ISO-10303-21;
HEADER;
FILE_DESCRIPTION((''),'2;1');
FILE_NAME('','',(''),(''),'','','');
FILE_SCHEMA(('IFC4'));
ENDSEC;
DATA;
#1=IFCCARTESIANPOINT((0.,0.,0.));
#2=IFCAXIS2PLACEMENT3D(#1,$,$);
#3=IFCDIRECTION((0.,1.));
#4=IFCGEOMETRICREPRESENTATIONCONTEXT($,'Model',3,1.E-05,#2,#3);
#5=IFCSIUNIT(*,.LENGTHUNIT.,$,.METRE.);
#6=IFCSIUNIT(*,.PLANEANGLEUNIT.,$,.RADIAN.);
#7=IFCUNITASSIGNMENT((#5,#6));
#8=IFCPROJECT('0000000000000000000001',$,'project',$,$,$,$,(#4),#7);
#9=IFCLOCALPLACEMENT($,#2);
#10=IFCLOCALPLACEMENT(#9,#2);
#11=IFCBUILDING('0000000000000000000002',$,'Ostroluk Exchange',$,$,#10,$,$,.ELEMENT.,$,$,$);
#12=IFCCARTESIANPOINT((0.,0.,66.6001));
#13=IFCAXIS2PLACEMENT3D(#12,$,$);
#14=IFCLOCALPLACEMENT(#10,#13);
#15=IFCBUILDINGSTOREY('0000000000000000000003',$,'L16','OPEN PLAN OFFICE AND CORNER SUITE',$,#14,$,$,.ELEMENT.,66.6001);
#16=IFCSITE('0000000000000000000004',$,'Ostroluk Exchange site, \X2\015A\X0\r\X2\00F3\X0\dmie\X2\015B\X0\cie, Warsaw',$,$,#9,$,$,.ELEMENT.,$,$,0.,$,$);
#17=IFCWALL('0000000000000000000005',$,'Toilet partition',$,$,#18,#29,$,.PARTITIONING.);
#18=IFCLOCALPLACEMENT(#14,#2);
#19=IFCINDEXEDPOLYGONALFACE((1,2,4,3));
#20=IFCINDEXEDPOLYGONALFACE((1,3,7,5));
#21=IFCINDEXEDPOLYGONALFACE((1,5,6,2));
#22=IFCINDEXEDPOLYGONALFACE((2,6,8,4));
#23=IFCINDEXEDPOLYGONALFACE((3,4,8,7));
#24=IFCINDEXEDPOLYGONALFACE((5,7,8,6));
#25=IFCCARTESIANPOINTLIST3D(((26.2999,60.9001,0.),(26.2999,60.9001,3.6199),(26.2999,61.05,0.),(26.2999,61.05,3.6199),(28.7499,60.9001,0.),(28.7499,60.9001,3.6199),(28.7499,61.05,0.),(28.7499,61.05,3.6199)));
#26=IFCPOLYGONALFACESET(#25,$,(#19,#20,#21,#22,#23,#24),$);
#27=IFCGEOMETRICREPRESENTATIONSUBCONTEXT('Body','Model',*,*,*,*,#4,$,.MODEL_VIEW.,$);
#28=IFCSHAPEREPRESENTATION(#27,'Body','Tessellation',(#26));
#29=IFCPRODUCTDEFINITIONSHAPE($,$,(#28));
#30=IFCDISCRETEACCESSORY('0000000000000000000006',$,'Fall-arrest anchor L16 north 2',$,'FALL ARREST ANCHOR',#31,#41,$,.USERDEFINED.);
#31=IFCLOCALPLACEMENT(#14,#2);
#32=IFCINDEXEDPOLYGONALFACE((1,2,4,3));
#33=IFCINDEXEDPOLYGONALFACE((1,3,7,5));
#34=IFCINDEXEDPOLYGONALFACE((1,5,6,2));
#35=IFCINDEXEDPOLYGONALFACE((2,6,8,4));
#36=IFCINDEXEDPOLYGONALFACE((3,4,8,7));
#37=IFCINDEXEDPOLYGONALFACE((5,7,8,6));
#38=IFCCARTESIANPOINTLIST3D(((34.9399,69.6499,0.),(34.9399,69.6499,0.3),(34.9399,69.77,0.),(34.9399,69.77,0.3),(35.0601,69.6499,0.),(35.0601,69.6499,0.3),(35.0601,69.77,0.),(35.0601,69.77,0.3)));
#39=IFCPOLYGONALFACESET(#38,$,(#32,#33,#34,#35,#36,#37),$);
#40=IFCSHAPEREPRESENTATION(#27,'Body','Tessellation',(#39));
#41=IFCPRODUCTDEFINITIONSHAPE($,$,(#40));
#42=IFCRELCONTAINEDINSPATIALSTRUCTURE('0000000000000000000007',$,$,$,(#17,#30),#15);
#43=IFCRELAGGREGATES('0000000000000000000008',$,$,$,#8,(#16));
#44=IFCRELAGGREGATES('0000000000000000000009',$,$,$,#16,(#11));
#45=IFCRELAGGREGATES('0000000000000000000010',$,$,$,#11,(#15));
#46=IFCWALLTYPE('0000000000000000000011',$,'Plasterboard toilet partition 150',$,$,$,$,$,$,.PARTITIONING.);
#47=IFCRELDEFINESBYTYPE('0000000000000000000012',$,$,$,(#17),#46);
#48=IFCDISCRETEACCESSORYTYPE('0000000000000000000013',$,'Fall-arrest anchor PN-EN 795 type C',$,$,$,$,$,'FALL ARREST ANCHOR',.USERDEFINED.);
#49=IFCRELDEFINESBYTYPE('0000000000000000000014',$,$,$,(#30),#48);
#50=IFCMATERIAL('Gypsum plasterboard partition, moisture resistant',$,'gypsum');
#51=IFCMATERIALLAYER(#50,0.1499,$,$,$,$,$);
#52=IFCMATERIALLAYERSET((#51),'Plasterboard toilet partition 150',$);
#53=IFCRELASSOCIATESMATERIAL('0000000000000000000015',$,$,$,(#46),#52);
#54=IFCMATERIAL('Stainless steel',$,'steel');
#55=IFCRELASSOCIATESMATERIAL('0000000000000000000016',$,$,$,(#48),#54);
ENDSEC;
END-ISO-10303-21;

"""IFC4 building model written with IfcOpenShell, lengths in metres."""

from ifc_helpers import new_model, si_unit, direction, frame, frame_2d, origin, origin_2d, place, context, subcontext, project, spatial, rectangle, extrude, material, layer, layer_set, type_object, element, save


model = new_model("IFC4")

# Units and contexts
model_context = context("Model", 3, precision=1e-05, world=origin(), true_north=direction((0.0, 1.0)))
body_context = subcontext(model_context, "Body", "Model", "MODEL_VIEW")
ifc_project = project(units=[si_unit("LENGTHUNIT", "METRE"), si_unit("PLANEANGLEUNIT", "RADIAN")], contexts=[model_context])

# Site, building, storey
site_placement = place(None, origin())
site = spatial("IfcSite", under=ifc_project, at=site_placement, Name="Ostroluk Exchange site, Śródmieście, Warsaw", CompositionType="ELEMENT", RefElevation=0.0)
building_placement = place(site_placement, origin())
building = spatial("IfcBuilding", under=site, at=building_placement, Name="Ostroluk Exchange", CompositionType="ELEMENT")
storey_placement = place(building_placement, frame((0.0, 0.0, 66.6001)))
storey = spatial("IfcBuildingStorey", under=building, at=storey_placement, Name="L16", Description="OPEN PLAN OFFICE AND CORNER SUITE", CompositionType="ELEMENT", Elevation=66.6001)

# Wall
ifc_material_1 = material(Name="Gypsum plasterboard partition, moisture resistant", Category="gypsum")
ifc_layer_1 = layer(ifc_material_1, 0.1499)
ifc_layer_set_1 = layer_set([ifc_layer_1], Name="Plasterboard toilet partition 150")
wall_type_1 = type_object("IfcWallType", Name="Plasterboard toilet partition 150", PredefinedType="PARTITIONING", material=ifc_layer_set_1)
wall_1_placement = place(storey_placement, frame((28.75, 60.9751, 0.0), z_axis=(0.0, 0.0, 1.0), x_axis=(-1.0, 0.0, 0.0)))
element("IfcWall", 1, at=wall_1_placement, inside=storey, type_object=wall_type_1, Name="Toilet partition", PredefinedType="PARTITIONING", context=body_context, shape_type="SweptSolid", body=[
    extrude(rectangle(XDim=2.45, YDim=0.1499, at=frame_2d((1.2251, 0.0))), origin(), (0.0, 0.0, 1.0), 3.6199),
])

# Discrete accessory
ifc_material_2 = material(Name="Stainless steel", Category="steel")
discrete_accessory_type = type_object("IfcDiscreteAccessoryType", Name="Fall-arrest anchor PN-EN 795 type C", ElementType="FALL ARREST ANCHOR", PredefinedType="USERDEFINED", material=ifc_material_2)
discrete_accessory_placement = place(storey_placement, frame((35.0, 69.71, 0.0), z_axis=(0.0, 0.0, 1.0), x_axis=(1.0, 0.0, 0.0)))
element("IfcDiscreteAccessory", 2, at=discrete_accessory_placement, inside=storey, type_object=discrete_accessory_type, Name="Fall-arrest anchor L16 north 2", ObjectType="FALL ARREST ANCHOR", PredefinedType="USERDEFINED", context=body_context, shape_type="SweptSolid", body=[
    extrude(rectangle(XDim=0.1201, YDim=0.1201, at=origin_2d()), origin(), (0.0, 0.0, 1.0), 0.3),
])

save(model, "model.ifc")
